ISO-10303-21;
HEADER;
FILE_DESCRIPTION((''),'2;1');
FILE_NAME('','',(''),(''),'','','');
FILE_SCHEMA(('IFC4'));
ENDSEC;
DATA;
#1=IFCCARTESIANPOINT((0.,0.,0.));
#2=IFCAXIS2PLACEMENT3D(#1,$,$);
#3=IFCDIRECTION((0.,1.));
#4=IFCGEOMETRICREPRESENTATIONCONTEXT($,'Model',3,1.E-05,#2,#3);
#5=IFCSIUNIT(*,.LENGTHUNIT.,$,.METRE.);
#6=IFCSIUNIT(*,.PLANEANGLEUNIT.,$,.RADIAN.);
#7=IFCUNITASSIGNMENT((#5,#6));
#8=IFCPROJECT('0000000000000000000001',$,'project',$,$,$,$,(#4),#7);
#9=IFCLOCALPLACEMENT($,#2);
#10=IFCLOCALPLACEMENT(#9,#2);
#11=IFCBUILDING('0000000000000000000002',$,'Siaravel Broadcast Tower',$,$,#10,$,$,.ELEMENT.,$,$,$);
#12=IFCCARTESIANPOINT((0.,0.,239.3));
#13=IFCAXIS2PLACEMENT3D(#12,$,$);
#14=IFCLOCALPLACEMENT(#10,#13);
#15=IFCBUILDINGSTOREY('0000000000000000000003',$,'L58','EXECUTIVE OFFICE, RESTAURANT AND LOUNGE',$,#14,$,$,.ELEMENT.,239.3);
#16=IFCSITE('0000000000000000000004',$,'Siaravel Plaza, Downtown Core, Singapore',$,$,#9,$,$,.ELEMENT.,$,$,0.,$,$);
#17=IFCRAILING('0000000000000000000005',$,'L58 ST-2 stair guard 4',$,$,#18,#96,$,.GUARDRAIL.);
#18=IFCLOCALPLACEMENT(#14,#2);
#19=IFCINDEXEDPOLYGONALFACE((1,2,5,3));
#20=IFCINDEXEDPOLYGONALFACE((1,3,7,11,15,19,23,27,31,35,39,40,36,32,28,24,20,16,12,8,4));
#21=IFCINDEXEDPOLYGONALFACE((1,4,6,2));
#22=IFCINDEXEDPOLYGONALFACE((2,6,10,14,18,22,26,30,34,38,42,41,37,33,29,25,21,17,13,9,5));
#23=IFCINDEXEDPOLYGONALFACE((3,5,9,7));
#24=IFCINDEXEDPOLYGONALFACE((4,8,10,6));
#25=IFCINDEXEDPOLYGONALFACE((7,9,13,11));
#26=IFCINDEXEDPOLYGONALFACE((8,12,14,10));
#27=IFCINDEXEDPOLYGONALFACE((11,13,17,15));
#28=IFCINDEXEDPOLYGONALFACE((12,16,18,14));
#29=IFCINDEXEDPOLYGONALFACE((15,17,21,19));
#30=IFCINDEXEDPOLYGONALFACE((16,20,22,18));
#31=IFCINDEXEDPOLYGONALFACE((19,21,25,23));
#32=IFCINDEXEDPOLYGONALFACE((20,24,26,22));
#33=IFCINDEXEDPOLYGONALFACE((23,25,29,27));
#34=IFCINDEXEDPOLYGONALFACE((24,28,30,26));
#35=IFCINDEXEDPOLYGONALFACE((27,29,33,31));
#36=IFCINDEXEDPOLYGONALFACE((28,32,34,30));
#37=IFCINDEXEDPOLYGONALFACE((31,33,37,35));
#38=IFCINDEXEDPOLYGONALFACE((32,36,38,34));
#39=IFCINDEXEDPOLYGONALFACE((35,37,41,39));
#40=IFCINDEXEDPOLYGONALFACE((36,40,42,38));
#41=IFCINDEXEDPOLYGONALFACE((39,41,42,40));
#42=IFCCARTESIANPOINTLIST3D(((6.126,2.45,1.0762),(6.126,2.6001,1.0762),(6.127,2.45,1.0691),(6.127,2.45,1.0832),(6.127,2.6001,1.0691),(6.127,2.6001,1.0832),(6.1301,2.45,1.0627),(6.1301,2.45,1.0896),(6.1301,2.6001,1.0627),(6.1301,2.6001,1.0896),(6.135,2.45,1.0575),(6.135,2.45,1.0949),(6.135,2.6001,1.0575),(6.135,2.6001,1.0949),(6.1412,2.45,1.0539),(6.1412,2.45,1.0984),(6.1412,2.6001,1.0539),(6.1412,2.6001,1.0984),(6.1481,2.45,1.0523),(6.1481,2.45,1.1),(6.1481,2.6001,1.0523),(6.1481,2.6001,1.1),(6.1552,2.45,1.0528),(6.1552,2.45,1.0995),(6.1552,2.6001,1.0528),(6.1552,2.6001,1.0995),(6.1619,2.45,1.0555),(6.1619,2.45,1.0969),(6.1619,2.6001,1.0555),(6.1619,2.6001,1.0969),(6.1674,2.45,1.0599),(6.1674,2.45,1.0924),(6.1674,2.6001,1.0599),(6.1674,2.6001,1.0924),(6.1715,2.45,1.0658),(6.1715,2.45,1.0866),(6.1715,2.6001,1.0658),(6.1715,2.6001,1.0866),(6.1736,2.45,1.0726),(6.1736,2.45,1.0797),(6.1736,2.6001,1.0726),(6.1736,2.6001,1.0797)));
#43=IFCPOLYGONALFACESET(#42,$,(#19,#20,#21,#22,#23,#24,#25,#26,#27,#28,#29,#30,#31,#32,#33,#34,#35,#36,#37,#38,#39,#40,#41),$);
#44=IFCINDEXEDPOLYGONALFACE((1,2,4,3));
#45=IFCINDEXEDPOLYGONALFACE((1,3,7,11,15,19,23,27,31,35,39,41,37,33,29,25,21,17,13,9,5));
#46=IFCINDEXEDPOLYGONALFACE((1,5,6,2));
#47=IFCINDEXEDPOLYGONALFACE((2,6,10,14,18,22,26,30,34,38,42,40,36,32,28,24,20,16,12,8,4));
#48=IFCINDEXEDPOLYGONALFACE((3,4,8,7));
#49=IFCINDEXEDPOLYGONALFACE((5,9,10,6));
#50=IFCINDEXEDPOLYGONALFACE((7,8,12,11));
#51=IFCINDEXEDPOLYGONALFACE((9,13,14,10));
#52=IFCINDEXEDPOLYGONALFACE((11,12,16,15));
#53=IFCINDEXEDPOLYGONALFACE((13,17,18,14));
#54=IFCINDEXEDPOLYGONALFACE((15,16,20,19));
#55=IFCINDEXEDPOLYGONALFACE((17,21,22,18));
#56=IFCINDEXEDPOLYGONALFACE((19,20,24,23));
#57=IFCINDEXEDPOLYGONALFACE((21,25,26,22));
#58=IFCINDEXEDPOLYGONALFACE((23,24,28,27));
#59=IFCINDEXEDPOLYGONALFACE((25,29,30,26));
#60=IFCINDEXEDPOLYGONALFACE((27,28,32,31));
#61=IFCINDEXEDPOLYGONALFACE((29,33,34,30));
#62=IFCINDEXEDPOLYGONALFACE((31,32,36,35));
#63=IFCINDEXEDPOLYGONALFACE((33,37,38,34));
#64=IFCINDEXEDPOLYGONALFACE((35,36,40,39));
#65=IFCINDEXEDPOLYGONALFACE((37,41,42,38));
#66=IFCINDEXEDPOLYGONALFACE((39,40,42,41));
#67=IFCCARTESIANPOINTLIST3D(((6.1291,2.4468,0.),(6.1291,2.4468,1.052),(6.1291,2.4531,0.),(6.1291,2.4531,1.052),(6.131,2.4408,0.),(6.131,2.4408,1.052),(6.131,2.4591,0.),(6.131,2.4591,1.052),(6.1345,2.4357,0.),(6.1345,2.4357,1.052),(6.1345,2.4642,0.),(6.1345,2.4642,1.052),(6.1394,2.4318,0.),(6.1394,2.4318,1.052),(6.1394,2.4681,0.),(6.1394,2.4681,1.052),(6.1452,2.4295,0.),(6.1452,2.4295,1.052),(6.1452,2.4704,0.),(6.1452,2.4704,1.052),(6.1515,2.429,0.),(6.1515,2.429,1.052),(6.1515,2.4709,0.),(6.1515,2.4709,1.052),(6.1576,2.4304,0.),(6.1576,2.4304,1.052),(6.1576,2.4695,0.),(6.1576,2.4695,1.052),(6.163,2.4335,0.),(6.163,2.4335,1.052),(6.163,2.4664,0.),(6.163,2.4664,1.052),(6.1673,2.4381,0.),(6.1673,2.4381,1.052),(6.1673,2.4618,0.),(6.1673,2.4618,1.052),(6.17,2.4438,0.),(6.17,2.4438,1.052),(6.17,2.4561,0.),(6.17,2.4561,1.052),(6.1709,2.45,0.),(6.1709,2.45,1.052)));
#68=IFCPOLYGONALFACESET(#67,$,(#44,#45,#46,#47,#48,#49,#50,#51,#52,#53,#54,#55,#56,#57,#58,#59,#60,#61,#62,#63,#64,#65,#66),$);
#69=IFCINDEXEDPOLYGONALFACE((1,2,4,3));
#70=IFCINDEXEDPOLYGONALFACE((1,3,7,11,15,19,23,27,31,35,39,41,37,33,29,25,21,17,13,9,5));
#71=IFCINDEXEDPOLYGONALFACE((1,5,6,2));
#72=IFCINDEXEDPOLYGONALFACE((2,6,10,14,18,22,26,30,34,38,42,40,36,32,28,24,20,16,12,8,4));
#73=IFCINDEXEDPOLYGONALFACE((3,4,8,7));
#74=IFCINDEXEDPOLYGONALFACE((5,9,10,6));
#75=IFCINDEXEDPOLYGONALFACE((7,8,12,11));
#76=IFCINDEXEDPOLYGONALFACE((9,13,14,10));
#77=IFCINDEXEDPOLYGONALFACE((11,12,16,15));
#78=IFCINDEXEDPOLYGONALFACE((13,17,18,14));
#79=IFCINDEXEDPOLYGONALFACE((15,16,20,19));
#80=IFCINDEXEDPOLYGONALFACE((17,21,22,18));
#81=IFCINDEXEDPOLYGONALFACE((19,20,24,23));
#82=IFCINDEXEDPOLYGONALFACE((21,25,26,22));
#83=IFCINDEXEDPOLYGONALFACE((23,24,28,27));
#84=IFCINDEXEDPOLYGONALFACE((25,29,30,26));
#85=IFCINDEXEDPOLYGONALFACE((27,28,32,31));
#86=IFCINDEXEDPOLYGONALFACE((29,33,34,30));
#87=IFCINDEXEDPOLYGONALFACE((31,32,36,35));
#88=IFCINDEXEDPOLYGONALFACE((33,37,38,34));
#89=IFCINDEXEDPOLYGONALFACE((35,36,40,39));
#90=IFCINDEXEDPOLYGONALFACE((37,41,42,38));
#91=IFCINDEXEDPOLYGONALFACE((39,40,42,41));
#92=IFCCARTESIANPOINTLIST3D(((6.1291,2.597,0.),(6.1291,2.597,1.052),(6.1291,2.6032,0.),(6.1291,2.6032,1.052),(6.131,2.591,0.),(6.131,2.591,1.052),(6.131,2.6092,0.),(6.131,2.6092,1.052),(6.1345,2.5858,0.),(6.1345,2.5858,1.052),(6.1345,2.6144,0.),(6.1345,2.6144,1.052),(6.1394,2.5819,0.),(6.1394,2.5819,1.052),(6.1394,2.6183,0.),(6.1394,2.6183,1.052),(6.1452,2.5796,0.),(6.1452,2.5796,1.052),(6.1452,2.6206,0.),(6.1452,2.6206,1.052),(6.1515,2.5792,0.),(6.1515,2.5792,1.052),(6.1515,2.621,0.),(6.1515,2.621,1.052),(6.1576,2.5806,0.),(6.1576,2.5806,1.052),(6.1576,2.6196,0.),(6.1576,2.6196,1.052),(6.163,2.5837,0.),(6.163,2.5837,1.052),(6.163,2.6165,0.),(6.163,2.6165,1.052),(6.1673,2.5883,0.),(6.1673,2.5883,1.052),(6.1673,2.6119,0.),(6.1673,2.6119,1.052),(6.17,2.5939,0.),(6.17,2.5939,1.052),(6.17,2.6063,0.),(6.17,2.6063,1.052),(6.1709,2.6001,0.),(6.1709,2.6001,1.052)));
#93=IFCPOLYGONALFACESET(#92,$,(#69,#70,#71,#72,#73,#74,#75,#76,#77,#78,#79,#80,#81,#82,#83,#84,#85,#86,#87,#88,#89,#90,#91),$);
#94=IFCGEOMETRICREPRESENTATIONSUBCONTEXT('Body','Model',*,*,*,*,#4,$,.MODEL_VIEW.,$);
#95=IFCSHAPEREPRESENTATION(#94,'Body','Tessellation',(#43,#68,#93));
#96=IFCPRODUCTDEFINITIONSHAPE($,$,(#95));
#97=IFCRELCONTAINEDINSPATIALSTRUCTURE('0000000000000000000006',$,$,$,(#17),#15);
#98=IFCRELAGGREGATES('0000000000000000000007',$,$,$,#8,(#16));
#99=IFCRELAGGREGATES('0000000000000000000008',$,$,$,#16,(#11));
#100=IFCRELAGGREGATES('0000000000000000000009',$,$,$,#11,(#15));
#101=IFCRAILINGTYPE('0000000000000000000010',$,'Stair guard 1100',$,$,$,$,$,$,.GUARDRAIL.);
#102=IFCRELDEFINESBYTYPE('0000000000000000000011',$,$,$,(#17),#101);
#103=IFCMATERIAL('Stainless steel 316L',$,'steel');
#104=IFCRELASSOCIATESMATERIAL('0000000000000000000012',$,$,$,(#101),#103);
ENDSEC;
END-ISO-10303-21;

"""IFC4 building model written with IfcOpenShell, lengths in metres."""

from ifc_helpers import new_model, si_unit, direction, frame, origin, origin_2d, place, context, subcontext, project, spatial, circle, extrude, material, type_object, element, save


model = new_model("IFC4")

# Units and contexts
model_context = context("Model", 3, precision=1e-05, world=origin(), true_north=direction((0.0, 1.0)))
body_context = subcontext(model_context, "Body", "Model", "MODEL_VIEW")
ifc_project = project(units=[si_unit("LENGTHUNIT", "METRE"), si_unit("PLANEANGLEUNIT", "RADIAN")], contexts=[model_context])

# Site, building, storey
site_placement = place(None, origin())
site = spatial("IfcSite", under=ifc_project, at=site_placement, Name="Siaravel Plaza, Downtown Core, Singapore", CompositionType="ELEMENT", RefElevation=0.0)
building_placement = place(site_placement, origin())
building = spatial("IfcBuilding", under=site, at=building_placement, Name="Siaravel Broadcast Tower", CompositionType="ELEMENT")
storey_placement = place(building_placement, frame((0.0, 0.0, 239.3)))
storey = spatial("IfcBuildingStorey", under=building, at=storey_placement, Name="L58", Description="EXECUTIVE OFFICE, RESTAURANT AND LOUNGE", CompositionType="ELEMENT", Elevation=239.3)

# Railing
ifc_material_1 = material(Name="Stainless steel 316L", Category="steel")
railing_type_1 = type_object("IfcRailingType", Name="Stair guard 1100", PredefinedType="GUARDRAIL", material=ifc_material_1)
railing_1_placement = place(storey_placement, frame((6.1499, 2.45, 0.0)))
element("IfcRailing", 1, at=railing_1_placement, inside=storey, type_object=railing_type_1, Name="L58 ST-2 stair guard 4", PredefinedType="GUARDRAIL", context=body_context, shape_type="SweptSolid", body=[
    extrude(circle(Radius=0.0239, at=origin_2d()), frame((0.0, 0.0, 1.0762), z_axis=(0.0, 1.0, 0.0), x_axis=(-1.0, 0.0, 0.0)), (0.0, 0.0, 1.0), 0.1501),
    extrude(circle(Radius=0.021, at=origin_2d()), origin(), (0.0, 0.0, 1.0), 1.052),
    extrude(circle(Radius=0.021, at=origin_2d()), frame((0.0, 0.1501, 0.0)), (0.0, 0.0, 1.0), 1.052),
])

save(model, "model.ifc")
